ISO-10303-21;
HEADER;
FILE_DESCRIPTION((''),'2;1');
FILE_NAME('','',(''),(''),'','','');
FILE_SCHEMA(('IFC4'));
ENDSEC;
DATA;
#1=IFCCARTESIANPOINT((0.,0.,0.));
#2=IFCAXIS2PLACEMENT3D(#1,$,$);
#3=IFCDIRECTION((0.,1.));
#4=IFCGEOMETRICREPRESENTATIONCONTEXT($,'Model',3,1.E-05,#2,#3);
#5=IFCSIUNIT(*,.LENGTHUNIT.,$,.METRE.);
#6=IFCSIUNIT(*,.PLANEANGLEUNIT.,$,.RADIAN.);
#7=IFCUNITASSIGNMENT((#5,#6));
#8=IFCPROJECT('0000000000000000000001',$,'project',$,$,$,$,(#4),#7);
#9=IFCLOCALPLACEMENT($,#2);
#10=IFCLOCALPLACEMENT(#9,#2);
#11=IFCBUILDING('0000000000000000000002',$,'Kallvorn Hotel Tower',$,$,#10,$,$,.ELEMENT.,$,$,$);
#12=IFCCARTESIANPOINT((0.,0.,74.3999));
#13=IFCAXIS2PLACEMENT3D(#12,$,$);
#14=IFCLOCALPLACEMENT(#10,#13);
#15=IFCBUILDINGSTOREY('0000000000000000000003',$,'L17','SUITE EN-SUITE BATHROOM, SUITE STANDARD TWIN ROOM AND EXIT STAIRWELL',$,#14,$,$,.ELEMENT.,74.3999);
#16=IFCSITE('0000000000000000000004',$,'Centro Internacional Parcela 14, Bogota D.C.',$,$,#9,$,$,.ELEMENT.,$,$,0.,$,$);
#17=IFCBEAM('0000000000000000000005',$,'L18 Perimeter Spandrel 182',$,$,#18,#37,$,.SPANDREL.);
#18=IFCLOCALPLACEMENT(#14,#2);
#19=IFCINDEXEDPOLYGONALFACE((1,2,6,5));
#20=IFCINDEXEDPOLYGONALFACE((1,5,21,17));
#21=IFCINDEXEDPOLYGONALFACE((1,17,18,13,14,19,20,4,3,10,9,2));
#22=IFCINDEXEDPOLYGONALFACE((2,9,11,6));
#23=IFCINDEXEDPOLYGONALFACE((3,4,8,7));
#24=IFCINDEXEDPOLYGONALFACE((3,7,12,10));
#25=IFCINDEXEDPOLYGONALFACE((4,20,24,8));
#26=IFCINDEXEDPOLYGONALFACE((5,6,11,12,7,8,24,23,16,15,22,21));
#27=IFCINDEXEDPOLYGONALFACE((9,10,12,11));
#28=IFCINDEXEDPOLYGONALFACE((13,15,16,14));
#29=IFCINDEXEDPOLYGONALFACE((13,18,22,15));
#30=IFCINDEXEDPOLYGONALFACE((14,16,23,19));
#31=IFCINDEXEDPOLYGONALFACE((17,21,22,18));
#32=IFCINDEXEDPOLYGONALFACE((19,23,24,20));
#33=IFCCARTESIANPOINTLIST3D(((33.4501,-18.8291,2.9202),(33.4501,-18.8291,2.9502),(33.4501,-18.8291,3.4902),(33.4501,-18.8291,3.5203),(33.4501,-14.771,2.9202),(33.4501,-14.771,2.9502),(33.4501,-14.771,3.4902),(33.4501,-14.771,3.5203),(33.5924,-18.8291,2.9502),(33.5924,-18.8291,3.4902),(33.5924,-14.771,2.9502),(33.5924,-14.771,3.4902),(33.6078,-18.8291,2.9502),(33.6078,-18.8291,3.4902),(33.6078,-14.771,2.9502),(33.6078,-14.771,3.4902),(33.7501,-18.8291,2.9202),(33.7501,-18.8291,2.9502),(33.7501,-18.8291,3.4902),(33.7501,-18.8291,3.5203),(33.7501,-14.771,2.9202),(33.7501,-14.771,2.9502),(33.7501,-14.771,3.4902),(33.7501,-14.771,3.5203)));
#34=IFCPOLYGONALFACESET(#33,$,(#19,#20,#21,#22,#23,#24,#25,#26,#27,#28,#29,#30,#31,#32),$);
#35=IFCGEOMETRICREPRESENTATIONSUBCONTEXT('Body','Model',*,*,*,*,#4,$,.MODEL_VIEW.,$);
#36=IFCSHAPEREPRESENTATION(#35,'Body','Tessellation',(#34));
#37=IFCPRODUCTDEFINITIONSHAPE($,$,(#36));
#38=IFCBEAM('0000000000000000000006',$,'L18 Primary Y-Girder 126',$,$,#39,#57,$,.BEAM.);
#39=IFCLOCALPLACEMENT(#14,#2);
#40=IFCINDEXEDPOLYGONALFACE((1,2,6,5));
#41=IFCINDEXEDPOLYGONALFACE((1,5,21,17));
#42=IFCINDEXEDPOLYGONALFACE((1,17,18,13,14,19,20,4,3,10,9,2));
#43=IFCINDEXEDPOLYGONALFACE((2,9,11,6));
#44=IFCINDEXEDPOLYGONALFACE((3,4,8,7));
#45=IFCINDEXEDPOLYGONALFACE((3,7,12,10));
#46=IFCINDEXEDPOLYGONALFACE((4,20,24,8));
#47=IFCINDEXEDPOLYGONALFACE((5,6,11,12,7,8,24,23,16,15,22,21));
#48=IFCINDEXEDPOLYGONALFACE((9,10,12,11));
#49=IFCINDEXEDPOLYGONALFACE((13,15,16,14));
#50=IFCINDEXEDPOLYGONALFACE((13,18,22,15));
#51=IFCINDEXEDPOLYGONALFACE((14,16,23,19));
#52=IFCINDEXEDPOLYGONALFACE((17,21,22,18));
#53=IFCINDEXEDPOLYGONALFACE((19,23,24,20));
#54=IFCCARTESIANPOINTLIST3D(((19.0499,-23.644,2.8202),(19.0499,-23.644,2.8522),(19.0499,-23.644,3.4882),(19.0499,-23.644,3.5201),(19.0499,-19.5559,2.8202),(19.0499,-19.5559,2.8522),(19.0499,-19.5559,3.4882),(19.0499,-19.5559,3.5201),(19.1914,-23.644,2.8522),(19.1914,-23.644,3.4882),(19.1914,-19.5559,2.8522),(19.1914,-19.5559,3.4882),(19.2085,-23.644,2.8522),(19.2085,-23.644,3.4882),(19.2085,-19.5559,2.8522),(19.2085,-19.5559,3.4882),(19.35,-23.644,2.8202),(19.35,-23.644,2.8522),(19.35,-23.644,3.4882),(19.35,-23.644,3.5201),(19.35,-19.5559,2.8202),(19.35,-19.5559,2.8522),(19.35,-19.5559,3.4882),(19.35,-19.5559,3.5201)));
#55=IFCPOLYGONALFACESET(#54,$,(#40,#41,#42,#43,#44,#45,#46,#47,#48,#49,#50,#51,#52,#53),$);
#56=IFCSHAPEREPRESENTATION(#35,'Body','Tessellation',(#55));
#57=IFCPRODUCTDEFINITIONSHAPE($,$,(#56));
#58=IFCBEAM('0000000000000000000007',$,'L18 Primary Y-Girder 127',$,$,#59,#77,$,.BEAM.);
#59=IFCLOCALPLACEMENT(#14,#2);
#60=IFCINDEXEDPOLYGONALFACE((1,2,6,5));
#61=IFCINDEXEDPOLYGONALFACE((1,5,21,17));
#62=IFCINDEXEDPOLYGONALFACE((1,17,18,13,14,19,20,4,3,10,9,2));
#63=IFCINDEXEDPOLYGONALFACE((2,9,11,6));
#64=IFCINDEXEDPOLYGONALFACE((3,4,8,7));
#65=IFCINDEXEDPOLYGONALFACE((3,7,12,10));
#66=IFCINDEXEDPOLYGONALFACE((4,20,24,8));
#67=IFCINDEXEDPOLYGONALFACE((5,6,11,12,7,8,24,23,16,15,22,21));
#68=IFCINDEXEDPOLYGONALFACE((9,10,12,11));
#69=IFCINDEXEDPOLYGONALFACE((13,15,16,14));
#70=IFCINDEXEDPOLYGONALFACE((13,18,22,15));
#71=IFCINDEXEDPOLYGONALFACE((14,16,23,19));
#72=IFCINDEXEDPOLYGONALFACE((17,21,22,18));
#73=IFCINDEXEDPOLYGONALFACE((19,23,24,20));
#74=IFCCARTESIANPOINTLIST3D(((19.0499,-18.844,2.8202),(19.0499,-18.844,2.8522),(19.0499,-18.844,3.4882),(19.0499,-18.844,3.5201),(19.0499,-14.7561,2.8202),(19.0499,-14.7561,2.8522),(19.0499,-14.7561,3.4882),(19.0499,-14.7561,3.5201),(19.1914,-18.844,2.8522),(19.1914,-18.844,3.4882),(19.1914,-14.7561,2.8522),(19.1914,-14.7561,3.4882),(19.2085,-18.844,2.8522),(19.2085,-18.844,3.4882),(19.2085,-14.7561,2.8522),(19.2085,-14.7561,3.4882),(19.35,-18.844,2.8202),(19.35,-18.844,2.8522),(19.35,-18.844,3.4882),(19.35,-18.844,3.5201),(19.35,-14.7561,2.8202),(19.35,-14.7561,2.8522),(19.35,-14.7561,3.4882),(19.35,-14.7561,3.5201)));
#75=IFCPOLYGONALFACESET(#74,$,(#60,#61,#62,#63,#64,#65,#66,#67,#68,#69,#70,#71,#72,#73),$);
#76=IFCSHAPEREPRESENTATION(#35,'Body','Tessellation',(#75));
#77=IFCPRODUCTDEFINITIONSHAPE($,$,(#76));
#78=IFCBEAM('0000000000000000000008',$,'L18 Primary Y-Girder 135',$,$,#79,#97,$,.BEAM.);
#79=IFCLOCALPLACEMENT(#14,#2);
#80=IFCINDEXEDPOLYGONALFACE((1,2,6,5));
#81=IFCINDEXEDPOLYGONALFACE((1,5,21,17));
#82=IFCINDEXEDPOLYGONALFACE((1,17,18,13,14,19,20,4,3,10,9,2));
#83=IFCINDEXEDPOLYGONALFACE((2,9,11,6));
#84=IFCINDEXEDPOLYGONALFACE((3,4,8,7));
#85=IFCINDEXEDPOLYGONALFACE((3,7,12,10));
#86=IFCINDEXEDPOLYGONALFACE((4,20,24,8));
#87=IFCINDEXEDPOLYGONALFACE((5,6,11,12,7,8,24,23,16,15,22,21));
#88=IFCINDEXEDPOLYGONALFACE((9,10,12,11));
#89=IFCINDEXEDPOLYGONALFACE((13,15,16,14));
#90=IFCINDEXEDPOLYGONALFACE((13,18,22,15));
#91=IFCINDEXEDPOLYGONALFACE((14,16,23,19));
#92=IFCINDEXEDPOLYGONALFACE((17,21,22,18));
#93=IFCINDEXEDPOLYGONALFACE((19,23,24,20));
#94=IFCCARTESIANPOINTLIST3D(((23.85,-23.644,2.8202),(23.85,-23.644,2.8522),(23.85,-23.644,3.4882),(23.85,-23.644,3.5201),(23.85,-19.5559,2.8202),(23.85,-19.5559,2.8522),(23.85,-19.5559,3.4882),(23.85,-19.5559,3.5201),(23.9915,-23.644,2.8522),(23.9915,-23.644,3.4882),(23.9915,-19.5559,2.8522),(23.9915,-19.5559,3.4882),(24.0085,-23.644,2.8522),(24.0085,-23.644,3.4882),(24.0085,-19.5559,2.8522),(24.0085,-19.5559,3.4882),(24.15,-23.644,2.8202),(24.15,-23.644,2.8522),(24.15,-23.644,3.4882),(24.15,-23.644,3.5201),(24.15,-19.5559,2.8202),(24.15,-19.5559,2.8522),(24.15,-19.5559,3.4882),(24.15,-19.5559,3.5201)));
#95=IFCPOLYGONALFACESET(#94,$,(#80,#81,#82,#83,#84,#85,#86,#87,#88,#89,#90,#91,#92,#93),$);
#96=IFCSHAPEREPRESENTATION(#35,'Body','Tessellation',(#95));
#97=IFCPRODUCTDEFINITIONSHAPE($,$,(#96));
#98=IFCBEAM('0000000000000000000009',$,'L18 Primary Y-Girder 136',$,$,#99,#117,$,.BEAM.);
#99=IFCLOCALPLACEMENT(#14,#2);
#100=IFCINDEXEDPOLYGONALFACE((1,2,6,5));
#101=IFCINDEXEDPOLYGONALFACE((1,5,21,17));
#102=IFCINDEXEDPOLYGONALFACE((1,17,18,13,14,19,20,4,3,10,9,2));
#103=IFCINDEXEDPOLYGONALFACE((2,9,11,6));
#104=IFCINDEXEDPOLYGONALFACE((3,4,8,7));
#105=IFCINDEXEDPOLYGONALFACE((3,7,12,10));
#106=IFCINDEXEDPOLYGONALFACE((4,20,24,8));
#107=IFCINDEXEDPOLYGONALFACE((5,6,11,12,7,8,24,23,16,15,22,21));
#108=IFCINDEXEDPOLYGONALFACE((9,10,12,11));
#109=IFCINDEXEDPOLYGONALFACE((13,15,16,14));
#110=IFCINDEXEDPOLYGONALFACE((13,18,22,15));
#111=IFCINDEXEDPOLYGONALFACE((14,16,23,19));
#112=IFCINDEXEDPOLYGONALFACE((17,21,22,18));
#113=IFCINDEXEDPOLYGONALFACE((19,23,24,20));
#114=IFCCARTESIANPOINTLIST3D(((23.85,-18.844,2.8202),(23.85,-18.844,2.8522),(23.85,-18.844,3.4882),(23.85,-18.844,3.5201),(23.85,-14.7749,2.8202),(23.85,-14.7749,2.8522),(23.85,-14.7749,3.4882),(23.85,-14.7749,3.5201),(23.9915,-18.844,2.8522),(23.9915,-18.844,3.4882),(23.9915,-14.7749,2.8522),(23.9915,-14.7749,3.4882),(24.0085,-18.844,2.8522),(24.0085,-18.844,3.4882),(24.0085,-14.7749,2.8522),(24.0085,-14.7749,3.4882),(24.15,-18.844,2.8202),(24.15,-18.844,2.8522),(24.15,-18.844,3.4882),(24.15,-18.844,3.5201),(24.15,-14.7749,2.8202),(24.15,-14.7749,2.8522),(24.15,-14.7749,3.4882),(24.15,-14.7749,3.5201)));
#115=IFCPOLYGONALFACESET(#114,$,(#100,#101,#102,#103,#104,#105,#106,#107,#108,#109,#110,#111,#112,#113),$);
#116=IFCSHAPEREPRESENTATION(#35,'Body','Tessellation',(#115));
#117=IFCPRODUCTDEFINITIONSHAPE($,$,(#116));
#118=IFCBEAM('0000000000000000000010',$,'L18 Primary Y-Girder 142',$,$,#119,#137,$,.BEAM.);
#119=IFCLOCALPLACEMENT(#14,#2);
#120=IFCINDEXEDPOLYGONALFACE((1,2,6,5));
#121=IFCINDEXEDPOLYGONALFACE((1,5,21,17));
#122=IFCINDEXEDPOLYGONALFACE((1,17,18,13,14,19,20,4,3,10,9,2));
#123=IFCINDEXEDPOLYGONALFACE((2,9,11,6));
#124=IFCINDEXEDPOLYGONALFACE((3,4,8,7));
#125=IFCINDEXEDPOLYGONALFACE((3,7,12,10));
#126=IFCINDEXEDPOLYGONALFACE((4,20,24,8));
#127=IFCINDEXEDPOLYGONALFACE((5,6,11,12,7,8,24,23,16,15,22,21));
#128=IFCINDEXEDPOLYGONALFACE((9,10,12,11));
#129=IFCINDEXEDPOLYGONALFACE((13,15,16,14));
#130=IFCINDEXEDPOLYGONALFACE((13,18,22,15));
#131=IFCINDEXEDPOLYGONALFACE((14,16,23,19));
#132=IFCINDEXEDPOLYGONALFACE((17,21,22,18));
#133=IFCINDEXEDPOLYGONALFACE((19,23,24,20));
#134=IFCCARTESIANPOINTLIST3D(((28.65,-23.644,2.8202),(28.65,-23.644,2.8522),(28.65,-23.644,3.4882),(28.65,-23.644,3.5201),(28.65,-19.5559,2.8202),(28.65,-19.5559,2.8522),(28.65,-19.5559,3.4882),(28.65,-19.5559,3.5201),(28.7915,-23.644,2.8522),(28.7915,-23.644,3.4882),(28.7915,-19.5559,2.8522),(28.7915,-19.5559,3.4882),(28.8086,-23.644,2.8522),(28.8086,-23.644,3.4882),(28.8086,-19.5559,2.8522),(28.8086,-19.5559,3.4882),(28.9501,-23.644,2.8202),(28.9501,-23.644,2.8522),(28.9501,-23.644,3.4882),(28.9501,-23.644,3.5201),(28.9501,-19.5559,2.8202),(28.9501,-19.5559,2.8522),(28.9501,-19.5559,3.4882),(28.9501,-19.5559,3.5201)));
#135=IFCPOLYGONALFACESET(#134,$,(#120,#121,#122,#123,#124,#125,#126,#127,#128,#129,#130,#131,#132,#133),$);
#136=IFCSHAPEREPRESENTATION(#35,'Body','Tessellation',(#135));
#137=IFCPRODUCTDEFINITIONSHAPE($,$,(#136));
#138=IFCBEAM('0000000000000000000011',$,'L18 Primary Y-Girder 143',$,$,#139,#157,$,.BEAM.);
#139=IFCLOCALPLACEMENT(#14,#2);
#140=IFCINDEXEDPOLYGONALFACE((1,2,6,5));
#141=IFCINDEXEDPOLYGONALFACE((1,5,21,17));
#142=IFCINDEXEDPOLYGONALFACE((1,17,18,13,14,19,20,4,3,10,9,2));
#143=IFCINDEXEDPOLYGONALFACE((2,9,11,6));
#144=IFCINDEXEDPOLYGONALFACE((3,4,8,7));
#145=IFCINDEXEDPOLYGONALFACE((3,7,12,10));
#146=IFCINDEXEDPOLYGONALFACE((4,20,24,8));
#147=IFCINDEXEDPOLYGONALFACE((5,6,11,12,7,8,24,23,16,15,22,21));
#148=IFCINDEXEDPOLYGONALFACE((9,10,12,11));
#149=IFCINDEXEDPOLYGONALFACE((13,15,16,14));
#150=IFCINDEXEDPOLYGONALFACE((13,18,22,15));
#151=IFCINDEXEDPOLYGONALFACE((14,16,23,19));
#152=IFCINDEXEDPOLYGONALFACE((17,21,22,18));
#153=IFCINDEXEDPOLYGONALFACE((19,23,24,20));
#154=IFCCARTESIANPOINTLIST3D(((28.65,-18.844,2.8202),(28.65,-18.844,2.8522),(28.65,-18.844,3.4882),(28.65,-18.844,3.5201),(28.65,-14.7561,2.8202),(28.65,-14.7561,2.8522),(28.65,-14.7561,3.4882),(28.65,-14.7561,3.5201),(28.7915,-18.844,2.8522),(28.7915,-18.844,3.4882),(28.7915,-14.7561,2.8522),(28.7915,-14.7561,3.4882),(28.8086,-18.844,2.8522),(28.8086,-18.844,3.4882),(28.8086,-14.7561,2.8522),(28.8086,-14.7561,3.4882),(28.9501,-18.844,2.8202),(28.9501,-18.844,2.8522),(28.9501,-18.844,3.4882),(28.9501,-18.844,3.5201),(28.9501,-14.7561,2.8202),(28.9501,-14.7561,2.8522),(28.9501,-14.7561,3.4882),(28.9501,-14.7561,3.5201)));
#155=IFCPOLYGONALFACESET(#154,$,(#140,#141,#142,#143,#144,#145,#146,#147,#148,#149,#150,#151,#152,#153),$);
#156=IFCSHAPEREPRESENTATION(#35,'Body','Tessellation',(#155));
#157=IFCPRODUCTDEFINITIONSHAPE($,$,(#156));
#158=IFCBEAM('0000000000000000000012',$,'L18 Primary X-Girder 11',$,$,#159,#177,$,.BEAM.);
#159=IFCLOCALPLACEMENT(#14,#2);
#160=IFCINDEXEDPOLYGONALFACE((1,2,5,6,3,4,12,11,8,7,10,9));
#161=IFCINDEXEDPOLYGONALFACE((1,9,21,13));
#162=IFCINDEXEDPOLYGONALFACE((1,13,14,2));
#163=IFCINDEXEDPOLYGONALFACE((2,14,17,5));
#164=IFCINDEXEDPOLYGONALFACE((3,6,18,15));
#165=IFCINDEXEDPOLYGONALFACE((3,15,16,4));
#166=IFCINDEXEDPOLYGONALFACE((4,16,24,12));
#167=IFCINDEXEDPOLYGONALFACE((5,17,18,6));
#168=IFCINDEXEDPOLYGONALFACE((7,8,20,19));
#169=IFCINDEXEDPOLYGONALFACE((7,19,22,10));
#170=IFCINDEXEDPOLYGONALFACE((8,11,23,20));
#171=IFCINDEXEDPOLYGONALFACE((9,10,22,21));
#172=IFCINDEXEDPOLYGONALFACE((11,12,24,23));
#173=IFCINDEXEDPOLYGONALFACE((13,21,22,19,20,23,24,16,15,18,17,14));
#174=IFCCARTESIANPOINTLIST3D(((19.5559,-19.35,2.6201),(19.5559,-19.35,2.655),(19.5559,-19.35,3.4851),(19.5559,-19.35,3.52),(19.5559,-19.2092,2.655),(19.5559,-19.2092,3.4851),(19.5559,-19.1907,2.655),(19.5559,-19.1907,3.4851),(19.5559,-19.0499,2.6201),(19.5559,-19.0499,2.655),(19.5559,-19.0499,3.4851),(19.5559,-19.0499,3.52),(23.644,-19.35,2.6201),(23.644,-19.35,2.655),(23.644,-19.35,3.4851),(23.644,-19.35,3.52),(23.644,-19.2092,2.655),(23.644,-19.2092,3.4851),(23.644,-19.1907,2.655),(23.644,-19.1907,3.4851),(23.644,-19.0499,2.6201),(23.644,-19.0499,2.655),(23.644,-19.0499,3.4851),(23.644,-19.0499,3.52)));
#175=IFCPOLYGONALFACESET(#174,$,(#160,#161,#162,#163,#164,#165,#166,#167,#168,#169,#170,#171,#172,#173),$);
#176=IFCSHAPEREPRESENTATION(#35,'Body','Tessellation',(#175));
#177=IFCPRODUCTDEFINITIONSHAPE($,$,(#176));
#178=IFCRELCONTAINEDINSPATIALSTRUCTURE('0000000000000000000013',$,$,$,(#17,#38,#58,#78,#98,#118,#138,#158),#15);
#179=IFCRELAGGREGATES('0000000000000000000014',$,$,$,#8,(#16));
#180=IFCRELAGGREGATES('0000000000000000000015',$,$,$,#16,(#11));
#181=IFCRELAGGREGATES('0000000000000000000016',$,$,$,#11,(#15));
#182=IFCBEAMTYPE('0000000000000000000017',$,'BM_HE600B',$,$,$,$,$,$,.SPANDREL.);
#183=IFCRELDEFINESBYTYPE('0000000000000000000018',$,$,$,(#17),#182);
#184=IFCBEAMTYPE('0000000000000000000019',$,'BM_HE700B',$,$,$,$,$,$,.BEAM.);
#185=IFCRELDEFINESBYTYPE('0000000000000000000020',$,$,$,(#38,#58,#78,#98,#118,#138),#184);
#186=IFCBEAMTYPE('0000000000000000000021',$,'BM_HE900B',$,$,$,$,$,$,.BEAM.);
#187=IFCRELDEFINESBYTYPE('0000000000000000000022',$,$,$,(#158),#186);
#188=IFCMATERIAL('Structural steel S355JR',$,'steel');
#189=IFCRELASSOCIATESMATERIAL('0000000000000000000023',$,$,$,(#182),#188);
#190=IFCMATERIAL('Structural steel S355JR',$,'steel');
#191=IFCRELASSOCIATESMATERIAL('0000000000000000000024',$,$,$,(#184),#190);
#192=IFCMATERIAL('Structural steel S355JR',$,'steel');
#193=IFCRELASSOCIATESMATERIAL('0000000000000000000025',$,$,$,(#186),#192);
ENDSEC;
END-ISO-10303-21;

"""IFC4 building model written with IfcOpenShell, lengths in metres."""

from ifc_helpers import new_model, si_unit, direction, frame, origin, origin_2d, place, context, subcontext, project, spatial, i_section, extrude, material, material_profile, profile_set, type_object, element, save


model = new_model("IFC4")

# Units and contexts
model_context = context("Model", 3, precision=1e-05, world=origin(), true_north=direction((0.0, 1.0)))
body_context = subcontext(model_context, "Body", "Model", "MODEL_VIEW")
ifc_project = project(units=[si_unit("LENGTHUNIT", "METRE"), si_unit("PLANEANGLEUNIT", "RADIAN")], contexts=[model_context])

# Site, building, storey
site_placement = place(None, origin())
site = spatial("IfcSite", under=ifc_project, at=site_placement, Name="Centro Internacional Parcela 14, Bogota D.C.", CompositionType="ELEMENT", RefElevation=0.0)
building_placement = place(site_placement, origin())
building = spatial("IfcBuilding", under=site, at=building_placement, Name="Kallvorn Hotel Tower", CompositionType="ELEMENT")
storey_placement = place(building_placement, frame((0.0, 0.0, 74.3999)))
storey = spatial("IfcBuildingStorey", under=building, at=storey_placement, Name="L17", Description="SUITE EN-SUITE BATHROOM, SUITE STANDARD TWIN ROOM AND EXIT STAIRWELL", CompositionType="ELEMENT", Elevation=74.3999)

# Beams
ifc_material_1 = material(Name="Structural steel S355JR", Category="steel")
ifc_material_profile_1 = material_profile(ifc_material_1, i_section(OverallWidth=0.3, OverallDepth=0.6001, WebThickness=0.0154, FlangeThickness=0.03, at=origin_2d()), Name="HE 600 B")
ifc_profile_set_1 = profile_set([ifc_material_profile_1], Name="Structural steel S355JR")
beam_type_1 = type_object("IfcBeamType", Name="BM_HE600B", PredefinedType="SPANDREL", material=ifc_profile_set_1)
beam_1_placement = place(storey_placement, frame((33.6001, -18.8291, 3.2202), z_axis=(0.0, 1.0, 0.0), x_axis=(-1.0, 0.0, 0.0)))
element("IfcBeam", 1, at=beam_1_placement, inside=storey, type_object=beam_type_1, Name="L18 Perimeter Spandrel 182", PredefinedType="SPANDREL", context=body_context, shape_type="SweptSolid", body=[
    extrude(i_section(OverallWidth=0.3, OverallDepth=0.6001, WebThickness=0.0154, FlangeThickness=0.03, at=origin_2d()), origin(), (0.0, 0.0, 1.0), 4.0581),
])
ifc_material_2 = material(Name="Structural steel S355JR", Category="steel")
ifc_material_profile_2 = material_profile(ifc_material_2, i_section(OverallWidth=0.3, OverallDepth=0.7, WebThickness=0.0171, FlangeThickness=0.032, at=origin_2d()), Name="HE 700 B")
ifc_profile_set_2 = profile_set([ifc_material_profile_2], Name="Structural steel S355JR")
beam_type_2 = type_object("IfcBeamType", Name="BM_HE700B", PredefinedType="BEAM", material=ifc_profile_set_2)
beam_2_placement = place(storey_placement, frame((19.2, -23.644, 3.1702), z_axis=(0.0, 1.0, 0.0), x_axis=(-1.0, 0.0, 0.0)))
element("IfcBeam", 2, at=beam_2_placement, inside=storey, type_object=beam_type_2, Name="L18 Primary Y-Girder 126", PredefinedType="BEAM", context=body_context, shape_type="SweptSolid", body=[
    extrude(i_section(OverallWidth=0.3, OverallDepth=0.7, WebThickness=0.0171, FlangeThickness=0.032, at=origin_2d()), origin(), (0.0, 0.0, 1.0), 4.0881),
])
beam_3_placement = place(storey_placement, frame((19.2, -18.844, 3.1702), z_axis=(0.0, 1.0, 0.0), x_axis=(-1.0, 0.0, 0.0)))
element("IfcBeam", 3, at=beam_3_placement, inside=storey, type_object=beam_type_2, Name="L18 Primary Y-Girder 127", PredefinedType="BEAM", context=body_context, shape_type="SweptSolid", body=[
    extrude(i_section(OverallWidth=0.3, OverallDepth=0.7, WebThickness=0.0171, FlangeThickness=0.032, at=origin_2d()), origin(), (0.0, 0.0, 1.0), 4.0879),
])
beam_4_placement = place(storey_placement, frame((24.0, -23.644, 3.1702), z_axis=(0.0, 1.0, 0.0), x_axis=(-1.0, 0.0, 0.0)))
element("IfcBeam", 4, at=beam_4_placement, inside=storey, type_object=beam_type_2, Name="L18 Primary Y-Girder 135", PredefinedType="BEAM", context=body_context, shape_type="SweptSolid", body=[
    extrude(i_section(OverallWidth=0.3, OverallDepth=0.7, WebThickness=0.0171, FlangeThickness=0.032, at=origin_2d()), origin(), (0.0, 0.0, 1.0), 4.0881),
])
beam_5_placement = place(storey_placement, frame((24.0, -18.844, 3.1702), z_axis=(0.0, 1.0, 0.0), x_axis=(-1.0, 0.0, 0.0)))
element("IfcBeam", 5, at=beam_5_placement, inside=storey, type_object=beam_type_2, Name="L18 Primary Y-Girder 136", PredefinedType="BEAM", context=body_context, shape_type="SweptSolid", body=[
    extrude(i_section(OverallWidth=0.3, OverallDepth=0.7, WebThickness=0.0171, FlangeThickness=0.032, at=origin_2d()), origin(), (0.0, 0.0, 1.0), 4.0691),
])
beam_6_placement = place(storey_placement, frame((28.8, -23.644, 3.1702), z_axis=(0.0, 1.0, 0.0), x_axis=(-1.0, 0.0, 0.0)))
element("IfcBeam", 6, at=beam_6_placement, inside=storey, type_object=beam_type_2, Name="L18 Primary Y-Girder 142", PredefinedType="BEAM", context=body_context, shape_type="SweptSolid", body=[
    extrude(i_section(OverallWidth=0.3, OverallDepth=0.7, WebThickness=0.0171, FlangeThickness=0.032, at=origin_2d()), origin(), (0.0, 0.0, 1.0), 4.0881),
])
beam_7_placement = place(storey_placement, frame((28.8, -18.844, 3.1702), z_axis=(0.0, 1.0, 0.0), x_axis=(-1.0, 0.0, 0.0)))
element("IfcBeam", 7, at=beam_7_placement, inside=storey, type_object=beam_type_2, Name="L18 Primary Y-Girder 143", PredefinedType="BEAM", context=body_context, shape_type="SweptSolid", body=[
    extrude(i_section(OverallWidth=0.3, OverallDepth=0.7, WebThickness=0.0171, FlangeThickness=0.032, at=origin_2d()), origin(), (0.0, 0.0, 1.0), 4.0879),
])
ifc_material_3 = material(Name="Structural steel S355JR", Category="steel")
ifc_material_profile_3 = material_profile(ifc_material_3, i_section(OverallWidth=0.3, OverallDepth=0.8999, WebThickness=0.0186, FlangeThickness=0.0349, at=origin_2d()), Name="HE 900 B")
ifc_profile_set_3 = profile_set([ifc_material_profile_3], Name="Structural steel S355JR")
beam_type_3 = type_object("IfcBeamType", Name="BM_HE900B", PredefinedType="BEAM", material=ifc_profile_set_3)
for number, where, z_axis, x_axis, name in (
    (8, (19.5559, -19.2, 3.0701), (1.0, 0.0, 0.0), (0.0, 1.0, 0.0), "L18 Primary X-Girder 11"),
):
    element("IfcBeam", number, at=place(storey_placement, frame(where, z_axis=z_axis, x_axis=x_axis)), inside=storey, type_object=beam_type_3, Name=name, PredefinedType="BEAM", context=body_context, shape_type="SweptSolid", body=[
        extrude(i_section(OverallWidth=0.3, OverallDepth=0.8999, WebThickness=0.0186, FlangeThickness=0.0349, at=origin_2d()), origin(), (0.0, 0.0, 1.0), 4.0881),
    ])

save(model, "model.ifc")
